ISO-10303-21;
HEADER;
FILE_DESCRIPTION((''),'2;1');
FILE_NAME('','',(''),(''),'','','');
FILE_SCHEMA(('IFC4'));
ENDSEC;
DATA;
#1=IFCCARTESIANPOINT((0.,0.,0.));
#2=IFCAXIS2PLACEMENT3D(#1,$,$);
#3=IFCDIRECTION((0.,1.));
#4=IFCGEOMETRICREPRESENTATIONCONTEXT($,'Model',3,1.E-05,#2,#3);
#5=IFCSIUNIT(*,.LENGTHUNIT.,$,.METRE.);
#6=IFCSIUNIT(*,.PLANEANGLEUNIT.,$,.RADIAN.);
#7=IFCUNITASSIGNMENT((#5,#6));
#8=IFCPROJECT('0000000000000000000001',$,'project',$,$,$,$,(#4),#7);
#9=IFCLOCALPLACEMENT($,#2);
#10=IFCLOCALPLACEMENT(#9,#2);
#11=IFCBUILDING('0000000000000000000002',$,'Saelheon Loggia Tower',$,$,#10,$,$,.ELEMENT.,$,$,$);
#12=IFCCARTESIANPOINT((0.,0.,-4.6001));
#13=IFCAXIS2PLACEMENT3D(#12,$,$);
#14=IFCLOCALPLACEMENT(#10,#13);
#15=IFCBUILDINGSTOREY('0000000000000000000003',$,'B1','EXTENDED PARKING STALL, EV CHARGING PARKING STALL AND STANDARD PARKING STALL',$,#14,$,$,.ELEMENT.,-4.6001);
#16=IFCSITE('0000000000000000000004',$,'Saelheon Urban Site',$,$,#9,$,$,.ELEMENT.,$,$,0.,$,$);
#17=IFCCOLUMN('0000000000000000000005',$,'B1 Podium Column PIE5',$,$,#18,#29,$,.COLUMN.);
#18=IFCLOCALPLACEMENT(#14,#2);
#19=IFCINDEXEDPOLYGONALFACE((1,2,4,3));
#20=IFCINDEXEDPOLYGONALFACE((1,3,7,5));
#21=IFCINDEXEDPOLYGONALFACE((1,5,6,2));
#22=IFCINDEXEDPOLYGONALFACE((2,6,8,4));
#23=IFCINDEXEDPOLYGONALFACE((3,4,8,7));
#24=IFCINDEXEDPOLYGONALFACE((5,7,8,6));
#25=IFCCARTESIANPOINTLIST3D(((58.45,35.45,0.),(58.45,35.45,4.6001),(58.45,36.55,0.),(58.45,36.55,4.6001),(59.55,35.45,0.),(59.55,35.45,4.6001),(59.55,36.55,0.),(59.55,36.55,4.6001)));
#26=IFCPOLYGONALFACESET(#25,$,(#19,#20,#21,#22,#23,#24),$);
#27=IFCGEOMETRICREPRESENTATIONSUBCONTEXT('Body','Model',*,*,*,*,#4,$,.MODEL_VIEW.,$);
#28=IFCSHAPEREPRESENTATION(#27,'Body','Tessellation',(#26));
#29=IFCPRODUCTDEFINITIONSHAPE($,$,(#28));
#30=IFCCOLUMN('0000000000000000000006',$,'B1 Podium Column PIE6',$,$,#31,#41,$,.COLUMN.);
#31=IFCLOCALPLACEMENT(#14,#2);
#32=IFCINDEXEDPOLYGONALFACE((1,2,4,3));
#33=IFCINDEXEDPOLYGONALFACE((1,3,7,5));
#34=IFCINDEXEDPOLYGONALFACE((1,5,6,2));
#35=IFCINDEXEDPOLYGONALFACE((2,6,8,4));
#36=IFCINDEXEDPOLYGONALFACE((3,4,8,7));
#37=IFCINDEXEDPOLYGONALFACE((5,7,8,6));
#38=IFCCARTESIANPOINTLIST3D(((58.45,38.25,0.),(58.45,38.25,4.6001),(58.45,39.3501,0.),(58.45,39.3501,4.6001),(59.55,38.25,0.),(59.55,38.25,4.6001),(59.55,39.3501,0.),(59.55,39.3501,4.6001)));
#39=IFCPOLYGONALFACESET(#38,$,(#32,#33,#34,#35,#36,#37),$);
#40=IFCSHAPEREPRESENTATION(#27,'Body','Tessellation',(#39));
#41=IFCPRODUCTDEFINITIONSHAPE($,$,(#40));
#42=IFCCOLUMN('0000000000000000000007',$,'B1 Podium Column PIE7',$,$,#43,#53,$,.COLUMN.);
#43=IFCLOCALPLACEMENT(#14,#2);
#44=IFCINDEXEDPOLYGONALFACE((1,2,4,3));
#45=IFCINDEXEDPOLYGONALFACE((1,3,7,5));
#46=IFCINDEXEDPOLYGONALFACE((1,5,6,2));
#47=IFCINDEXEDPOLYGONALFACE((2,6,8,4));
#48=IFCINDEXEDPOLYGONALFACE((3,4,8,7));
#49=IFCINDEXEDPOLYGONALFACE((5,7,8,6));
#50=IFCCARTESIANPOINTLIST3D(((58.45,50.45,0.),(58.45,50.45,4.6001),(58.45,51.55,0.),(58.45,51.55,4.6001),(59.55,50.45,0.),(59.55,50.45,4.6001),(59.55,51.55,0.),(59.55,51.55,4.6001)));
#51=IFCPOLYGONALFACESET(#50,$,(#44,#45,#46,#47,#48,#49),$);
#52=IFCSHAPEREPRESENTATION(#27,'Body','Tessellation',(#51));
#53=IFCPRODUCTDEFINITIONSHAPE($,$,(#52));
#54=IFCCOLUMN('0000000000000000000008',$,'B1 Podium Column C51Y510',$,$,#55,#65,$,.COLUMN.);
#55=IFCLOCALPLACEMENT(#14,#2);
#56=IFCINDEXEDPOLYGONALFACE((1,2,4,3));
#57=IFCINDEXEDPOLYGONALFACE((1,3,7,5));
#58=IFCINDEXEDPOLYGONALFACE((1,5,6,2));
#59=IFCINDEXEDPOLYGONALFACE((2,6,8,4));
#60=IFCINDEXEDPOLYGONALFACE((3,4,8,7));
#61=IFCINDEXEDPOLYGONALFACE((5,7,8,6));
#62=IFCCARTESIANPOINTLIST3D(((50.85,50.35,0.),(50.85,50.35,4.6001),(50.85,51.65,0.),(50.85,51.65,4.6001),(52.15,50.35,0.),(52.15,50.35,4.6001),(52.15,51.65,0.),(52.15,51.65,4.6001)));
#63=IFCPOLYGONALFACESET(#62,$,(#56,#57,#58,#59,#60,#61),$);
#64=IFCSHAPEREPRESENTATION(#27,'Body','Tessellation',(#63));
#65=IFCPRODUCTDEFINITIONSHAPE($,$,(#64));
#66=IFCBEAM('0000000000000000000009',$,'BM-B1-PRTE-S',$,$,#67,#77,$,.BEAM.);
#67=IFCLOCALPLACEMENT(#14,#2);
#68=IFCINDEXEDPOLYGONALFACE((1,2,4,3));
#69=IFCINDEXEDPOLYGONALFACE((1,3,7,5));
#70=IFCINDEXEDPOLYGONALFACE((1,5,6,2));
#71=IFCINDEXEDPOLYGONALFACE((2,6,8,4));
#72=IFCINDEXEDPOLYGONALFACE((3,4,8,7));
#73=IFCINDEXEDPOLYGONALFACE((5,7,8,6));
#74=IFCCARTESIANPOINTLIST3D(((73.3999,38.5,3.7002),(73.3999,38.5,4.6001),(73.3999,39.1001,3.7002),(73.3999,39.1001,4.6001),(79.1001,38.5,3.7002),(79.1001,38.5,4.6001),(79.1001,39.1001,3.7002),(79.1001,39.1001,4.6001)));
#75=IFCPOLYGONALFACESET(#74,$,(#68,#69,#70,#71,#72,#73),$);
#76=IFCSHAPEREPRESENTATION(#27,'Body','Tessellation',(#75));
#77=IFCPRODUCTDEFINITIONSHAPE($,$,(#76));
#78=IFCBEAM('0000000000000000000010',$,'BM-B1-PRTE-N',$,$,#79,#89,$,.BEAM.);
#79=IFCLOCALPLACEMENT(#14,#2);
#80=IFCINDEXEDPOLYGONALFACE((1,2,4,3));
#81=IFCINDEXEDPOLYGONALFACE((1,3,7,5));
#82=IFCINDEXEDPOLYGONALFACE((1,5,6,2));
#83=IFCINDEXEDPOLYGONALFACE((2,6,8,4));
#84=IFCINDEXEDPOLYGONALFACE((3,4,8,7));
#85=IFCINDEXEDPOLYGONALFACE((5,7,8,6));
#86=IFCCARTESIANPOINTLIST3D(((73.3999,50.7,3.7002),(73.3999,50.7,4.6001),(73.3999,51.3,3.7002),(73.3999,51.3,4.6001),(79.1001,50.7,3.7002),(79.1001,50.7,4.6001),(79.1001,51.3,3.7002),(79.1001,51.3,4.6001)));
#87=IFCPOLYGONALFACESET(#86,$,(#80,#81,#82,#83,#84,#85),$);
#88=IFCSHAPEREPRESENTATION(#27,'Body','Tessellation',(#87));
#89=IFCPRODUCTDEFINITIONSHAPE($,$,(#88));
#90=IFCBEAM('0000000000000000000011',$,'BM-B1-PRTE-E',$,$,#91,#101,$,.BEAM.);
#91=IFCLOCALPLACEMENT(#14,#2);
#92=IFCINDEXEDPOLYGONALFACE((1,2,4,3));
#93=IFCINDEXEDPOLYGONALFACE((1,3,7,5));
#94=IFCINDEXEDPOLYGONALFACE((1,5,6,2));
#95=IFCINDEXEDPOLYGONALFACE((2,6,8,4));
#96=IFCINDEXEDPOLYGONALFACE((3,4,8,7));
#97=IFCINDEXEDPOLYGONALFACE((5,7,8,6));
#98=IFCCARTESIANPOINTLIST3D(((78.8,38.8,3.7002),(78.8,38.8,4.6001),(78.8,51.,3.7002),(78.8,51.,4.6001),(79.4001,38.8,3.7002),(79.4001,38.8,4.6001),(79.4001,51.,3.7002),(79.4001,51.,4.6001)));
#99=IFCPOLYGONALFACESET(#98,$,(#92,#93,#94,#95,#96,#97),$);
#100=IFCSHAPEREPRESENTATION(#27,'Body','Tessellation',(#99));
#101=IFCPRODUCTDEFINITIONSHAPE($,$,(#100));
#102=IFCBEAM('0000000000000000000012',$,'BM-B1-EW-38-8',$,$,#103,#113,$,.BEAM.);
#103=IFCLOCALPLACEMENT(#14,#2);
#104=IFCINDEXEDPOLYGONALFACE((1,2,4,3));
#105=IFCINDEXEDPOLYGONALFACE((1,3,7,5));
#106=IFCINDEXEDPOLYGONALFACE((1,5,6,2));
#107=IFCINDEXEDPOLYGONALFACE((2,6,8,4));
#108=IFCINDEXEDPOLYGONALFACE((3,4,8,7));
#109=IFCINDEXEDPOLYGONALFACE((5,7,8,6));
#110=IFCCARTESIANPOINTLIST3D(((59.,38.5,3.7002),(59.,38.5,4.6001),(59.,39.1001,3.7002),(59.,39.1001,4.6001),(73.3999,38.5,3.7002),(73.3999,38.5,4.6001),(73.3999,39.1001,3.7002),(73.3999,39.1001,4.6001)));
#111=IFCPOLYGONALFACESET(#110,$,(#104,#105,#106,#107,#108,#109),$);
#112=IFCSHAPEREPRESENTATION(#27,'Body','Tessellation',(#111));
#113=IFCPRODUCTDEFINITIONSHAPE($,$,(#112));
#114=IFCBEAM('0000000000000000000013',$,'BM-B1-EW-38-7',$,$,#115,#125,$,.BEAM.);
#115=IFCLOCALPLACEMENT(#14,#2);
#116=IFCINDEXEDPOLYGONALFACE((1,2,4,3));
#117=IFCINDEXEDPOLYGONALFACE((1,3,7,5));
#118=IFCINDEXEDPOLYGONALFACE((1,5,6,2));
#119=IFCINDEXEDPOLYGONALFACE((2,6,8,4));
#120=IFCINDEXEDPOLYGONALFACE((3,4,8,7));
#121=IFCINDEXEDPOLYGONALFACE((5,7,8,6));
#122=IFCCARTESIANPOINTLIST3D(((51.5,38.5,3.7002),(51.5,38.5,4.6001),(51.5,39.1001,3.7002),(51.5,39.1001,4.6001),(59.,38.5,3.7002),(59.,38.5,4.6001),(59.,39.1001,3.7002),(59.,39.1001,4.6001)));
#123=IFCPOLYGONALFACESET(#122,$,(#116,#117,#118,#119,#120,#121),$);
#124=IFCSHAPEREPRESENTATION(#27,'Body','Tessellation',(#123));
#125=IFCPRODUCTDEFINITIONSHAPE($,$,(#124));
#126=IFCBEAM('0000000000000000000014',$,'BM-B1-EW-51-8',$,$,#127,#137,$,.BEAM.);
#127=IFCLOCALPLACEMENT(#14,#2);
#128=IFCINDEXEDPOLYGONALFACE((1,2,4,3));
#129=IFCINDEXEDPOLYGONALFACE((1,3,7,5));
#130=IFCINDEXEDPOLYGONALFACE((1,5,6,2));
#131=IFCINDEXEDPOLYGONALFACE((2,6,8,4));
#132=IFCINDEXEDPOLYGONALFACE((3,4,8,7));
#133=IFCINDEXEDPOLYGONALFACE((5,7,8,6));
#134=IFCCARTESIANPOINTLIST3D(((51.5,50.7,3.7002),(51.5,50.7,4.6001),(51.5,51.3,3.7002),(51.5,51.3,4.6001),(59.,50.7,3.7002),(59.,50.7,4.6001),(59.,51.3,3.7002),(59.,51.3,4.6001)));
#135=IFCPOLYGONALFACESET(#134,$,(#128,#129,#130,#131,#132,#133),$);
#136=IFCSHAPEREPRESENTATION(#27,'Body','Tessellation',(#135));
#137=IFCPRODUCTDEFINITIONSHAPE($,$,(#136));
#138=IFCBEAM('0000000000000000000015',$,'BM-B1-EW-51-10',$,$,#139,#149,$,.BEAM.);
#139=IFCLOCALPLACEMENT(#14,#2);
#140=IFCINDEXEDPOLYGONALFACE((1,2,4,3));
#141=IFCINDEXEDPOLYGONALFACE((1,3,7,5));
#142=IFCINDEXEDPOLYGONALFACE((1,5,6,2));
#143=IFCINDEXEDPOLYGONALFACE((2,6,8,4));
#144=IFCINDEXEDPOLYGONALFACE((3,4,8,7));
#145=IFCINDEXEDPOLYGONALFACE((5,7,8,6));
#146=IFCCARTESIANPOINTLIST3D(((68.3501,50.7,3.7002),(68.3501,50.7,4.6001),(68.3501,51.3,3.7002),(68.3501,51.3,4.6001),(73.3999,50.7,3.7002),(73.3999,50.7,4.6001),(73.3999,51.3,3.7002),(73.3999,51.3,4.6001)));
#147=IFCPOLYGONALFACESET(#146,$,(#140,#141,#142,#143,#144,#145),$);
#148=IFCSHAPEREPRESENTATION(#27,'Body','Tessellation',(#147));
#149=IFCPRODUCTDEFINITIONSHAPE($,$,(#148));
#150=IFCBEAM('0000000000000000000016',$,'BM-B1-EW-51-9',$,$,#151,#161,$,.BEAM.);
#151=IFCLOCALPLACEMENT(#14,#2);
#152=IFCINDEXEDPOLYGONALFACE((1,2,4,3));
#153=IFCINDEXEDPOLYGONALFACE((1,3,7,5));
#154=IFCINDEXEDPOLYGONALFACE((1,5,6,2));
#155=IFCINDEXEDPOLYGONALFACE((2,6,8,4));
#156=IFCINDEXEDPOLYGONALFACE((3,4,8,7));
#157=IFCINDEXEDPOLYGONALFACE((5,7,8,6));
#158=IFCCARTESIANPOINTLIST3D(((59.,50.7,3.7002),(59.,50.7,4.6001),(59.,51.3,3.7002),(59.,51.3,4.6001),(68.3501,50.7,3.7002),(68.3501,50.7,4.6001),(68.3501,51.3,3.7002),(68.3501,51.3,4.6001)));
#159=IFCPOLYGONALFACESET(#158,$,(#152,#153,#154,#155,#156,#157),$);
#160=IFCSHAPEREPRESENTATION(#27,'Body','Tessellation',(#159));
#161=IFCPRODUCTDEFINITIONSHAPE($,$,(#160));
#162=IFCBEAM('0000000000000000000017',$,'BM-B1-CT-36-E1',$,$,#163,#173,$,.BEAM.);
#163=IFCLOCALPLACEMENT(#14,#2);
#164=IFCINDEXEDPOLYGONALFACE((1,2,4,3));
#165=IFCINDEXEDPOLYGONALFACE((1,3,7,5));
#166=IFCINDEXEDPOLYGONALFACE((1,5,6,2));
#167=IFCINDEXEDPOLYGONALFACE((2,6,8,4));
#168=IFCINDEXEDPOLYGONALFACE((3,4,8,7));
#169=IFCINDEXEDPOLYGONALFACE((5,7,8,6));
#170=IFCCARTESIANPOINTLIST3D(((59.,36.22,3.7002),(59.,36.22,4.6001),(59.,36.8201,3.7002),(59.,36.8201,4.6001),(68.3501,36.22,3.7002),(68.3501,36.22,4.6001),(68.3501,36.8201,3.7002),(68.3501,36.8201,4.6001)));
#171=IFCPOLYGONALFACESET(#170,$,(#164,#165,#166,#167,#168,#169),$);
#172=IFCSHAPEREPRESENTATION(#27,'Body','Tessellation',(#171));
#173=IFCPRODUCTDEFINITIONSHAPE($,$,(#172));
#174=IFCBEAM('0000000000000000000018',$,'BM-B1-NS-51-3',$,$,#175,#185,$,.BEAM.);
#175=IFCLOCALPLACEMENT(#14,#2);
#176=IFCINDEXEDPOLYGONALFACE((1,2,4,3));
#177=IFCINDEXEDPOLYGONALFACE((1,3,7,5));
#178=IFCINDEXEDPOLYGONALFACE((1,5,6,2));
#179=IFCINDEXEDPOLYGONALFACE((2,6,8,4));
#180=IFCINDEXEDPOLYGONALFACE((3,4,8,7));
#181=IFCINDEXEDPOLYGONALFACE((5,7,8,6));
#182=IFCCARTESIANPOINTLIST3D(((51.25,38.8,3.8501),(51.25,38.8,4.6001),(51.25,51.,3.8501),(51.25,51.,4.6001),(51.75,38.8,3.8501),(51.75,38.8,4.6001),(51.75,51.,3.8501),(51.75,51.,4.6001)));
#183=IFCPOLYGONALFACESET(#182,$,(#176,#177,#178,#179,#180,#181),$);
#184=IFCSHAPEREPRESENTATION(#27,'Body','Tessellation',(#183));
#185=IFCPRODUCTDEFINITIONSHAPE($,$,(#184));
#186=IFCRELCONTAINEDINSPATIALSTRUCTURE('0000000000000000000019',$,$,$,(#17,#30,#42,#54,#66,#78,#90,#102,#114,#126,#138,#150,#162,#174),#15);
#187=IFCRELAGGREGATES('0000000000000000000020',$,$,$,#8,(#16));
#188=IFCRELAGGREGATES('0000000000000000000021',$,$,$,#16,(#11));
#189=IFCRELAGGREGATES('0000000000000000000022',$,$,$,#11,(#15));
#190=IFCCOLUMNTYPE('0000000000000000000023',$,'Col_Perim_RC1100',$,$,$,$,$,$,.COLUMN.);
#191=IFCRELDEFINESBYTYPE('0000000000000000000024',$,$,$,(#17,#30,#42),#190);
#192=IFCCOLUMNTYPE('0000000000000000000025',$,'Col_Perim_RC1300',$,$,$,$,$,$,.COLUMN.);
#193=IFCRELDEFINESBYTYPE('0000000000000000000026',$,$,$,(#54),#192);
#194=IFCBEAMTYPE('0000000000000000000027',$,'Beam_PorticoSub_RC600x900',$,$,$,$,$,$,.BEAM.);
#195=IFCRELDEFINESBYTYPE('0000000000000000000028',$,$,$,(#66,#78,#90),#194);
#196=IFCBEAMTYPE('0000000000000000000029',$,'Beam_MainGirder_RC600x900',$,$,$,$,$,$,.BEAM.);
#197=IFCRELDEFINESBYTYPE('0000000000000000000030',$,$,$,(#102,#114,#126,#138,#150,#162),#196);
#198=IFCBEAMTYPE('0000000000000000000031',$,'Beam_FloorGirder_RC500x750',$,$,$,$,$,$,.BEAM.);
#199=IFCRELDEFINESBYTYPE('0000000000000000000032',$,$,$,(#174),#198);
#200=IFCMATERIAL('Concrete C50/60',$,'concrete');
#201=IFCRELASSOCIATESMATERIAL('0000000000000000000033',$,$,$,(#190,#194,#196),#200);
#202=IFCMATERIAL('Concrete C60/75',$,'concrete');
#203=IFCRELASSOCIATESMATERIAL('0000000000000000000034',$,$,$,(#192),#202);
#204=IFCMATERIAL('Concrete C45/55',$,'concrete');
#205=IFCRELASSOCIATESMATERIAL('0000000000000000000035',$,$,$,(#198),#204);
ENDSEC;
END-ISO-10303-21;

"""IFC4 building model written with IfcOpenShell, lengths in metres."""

from ifc_helpers import new_model, si_unit, direction, frame, origin, origin_2d, place, context, subcontext, project, spatial, rectangle, extrude, source, transform, mapped, material, material_profile, profile_set, type_object, element, save


model = new_model("IFC4")

# Units and contexts
model_context = context("Model", 3, precision=1e-05, world=origin(), true_north=direction((0.0, 1.0)))
body_context = subcontext(model_context, "Body", "Model", "MODEL_VIEW")
ifc_project = project(units=[si_unit("LENGTHUNIT", "METRE"), si_unit("PLANEANGLEUNIT", "RADIAN")], contexts=[model_context])

# Site, building, storey
site_placement = place(None, origin())
site = spatial("IfcSite", under=ifc_project, at=site_placement, Name="Saelheon Urban Site", CompositionType="ELEMENT", RefElevation=0.0)
building_placement = place(site_placement, origin())
building = spatial("IfcBuilding", under=site, at=building_placement, Name="Saelheon Loggia Tower", CompositionType="ELEMENT")
storey_placement = place(building_placement, frame((0.0, 0.0, -4.6001)))
storey = spatial("IfcBuildingStorey", under=building, at=storey_placement, Name="B1", Description="EXTENDED PARKING STALL, EV CHARGING PARKING STALL AND STANDARD PARKING STALL", CompositionType="ELEMENT", Elevation=-4.6001)

# Columns
ifc_material_1 = material(Name="Concrete C50/60", Category="concrete")
ifc_material_2 = material(Name="Concrete C45/55", Category="concrete")
ifc_material_profile_1 = material_profile(ifc_material_1, rectangle(XDim=1.1001, YDim=1.1001, at=origin_2d()), Name="RC-1100x1100")
ifc_profile_set_1 = profile_set([ifc_material_profile_1], Name="Concrete C50/60")
column_type_1 = type_object("IfcColumnType", Name="Col_Perim_RC1100", PredefinedType="COLUMN", material=ifc_profile_set_1)
shared_shape_1 = source(origin(), body_context, "Body", "SweptSolid", [
    extrude(rectangle(XDim=1.1001, YDim=1.1001, at=origin_2d()), origin(), (0.0, 0.0, 1.0), 4.6001),
])
for number, where, z_axis, x_axis, name in (
    (1, (59.0, 36.0, 0.0), (0.0, 0.0, 1.0), (1.0, 0.0, 0.0), "B1 Podium Column PIE5"),
    (2, (59.0, 38.8, 0.0), (0.0, 0.0, 1.0), (1.0, 0.0, 0.0), "B1 Podium Column PIE6"),
    (3, (59.0, 51.0, 0.0), (0.0, 0.0, 1.0), (1.0, 0.0, 0.0), "B1 Podium Column PIE7"),
):
    element("IfcColumn", number, at=place(storey_placement, frame(where, z_axis=z_axis, x_axis=x_axis)), inside=storey, type_object=column_type_1, Name=name, PredefinedType="COLUMN", context=body_context, shape_type="MappedRepresentation", body=[
        mapped(shared_shape_1, transform((0.0, 0.0, 0.0), scale=1.0)),
    ])
ifc_material_3 = material(Name="Concrete C60/75", Category="concrete")
ifc_material_profile_2 = material_profile(ifc_material_3, rectangle(XDim=1.3, YDim=1.3, at=origin_2d()), Name="RC-1300x1300")
ifc_profile_set_2 = profile_set([ifc_material_profile_2], Name="Concrete C60/75")
column_type_2 = type_object("IfcColumnType", Name="Col_Perim_RC1300", PredefinedType="COLUMN", material=ifc_profile_set_2)
shared_shape_2 = source(origin(), body_context, "Body", "SweptSolid", [
    extrude(rectangle(XDim=1.3, YDim=1.3, at=origin_2d()), origin(), (0.0, 0.0, 1.0), 4.6001),
])
column_placement = place(storey_placement, frame((51.5, 51.0, 0.0), z_axis=(0.0, 0.0, 1.0), x_axis=(1.0, 0.0, 0.0)))
element("IfcColumn", 4, at=column_placement, inside=storey, type_object=column_type_2, Name="B1 Podium Column C51Y510", PredefinedType="COLUMN", context=body_context, shape_type="MappedRepresentation", body=[
    mapped(shared_shape_2, transform((0.0, 0.0, 0.0), scale=1.0)),
])

# Beams
ifc_material_profile_3 = material_profile(ifc_material_1, rectangle(XDim=0.6001, YDim=0.8999, at=origin_2d()), Name="RC-600x900")
ifc_profile_set_3 = profile_set([ifc_material_profile_3], Name="Concrete C50/60")
beam_type_1 = type_object("IfcBeamType", Name="Beam_PorticoSub_RC600x900", PredefinedType="BEAM", material=ifc_profile_set_3)
shared_shape_3 = source(origin(), body_context, "Body", "SweptSolid", [
    extrude(rectangle(XDim=0.6001, YDim=0.8999, at=origin_2d()), origin(), (0.0, 0.0, 1.0), 5.7002),
])
for number, where, z_axis, x_axis, name in (
    (5, (73.3999, 38.8, 4.1501), (1.0, 0.0, 0.0), (0.0, 1.0, 0.0), "BM-B1-PRTE-S"),
    (6, (73.3999, 51.0, 4.1501), (1.0, 0.0, 0.0), (0.0, 1.0, 0.0), "BM-B1-PRTE-N"),
):
    element("IfcBeam", number, at=place(storey_placement, frame(where, z_axis=z_axis, x_axis=x_axis)), inside=storey, type_object=beam_type_1, Name=name, PredefinedType="BEAM", context=body_context, shape_type="MappedRepresentation", body=[
        mapped(shared_shape_3, transform((0.0, 0.0, 0.0), scale=1.0)),
    ])
shared_shape_4 = source(origin(), body_context, "Body", "SweptSolid", [
    extrude(rectangle(XDim=0.6001, YDim=0.8999, at=origin_2d()), origin(), (0.0, 0.0, 1.0), 12.2),
])
beam_1_placement = place(storey_placement, frame((79.1001, 38.8, 4.1501), z_axis=(0.0, 1.0, 0.0), x_axis=(-1.0, 0.0, 0.0)))
element("IfcBeam", 7, at=beam_1_placement, inside=storey, type_object=beam_type_1, Name="BM-B1-PRTE-E", PredefinedType="BEAM", context=body_context, shape_type="MappedRepresentation", body=[
    mapped(shared_shape_4, transform((0.0, 0.0, 0.0), scale=1.0)),
])
ifc_material_profile_4 = material_profile(ifc_material_1, rectangle(XDim=0.6001, YDim=0.8999, at=origin_2d()), Name="RC-600x900")
ifc_profile_set_4 = profile_set([ifc_material_profile_4], Name="Concrete C50/60")
beam_type_2 = type_object("IfcBeamType", Name="Beam_MainGirder_RC600x900", PredefinedType="BEAM", material=ifc_profile_set_4)
shared_shape_5 = source(origin(), body_context, "Body", "SweptSolid", [
    extrude(rectangle(XDim=0.6001, YDim=0.8999, at=origin_2d()), origin(), (0.0, 0.0, 1.0), 14.3999),
])
beam_2_placement = place(storey_placement, frame((59.0, 38.8, 4.1501), z_axis=(1.0, 0.0, 0.0), x_axis=(0.0, 1.0, 0.0)))
element("IfcBeam", 8, at=beam_2_placement, inside=storey, type_object=beam_type_2, Name="BM-B1-EW-38-8", PredefinedType="BEAM", context=body_context, shape_type="MappedRepresentation", body=[
    mapped(shared_shape_5, transform((0.0, 0.0, 0.0), scale=1.0)),
])
shared_shape_6 = source(origin(), body_context, "Body", "SweptSolid", [
    extrude(rectangle(XDim=0.6001, YDim=0.8999, at=origin_2d()), origin(), (0.0, 0.0, 1.0), 7.5),
])
for number, where, z_axis, x_axis, name in (
    (9, (51.5, 38.8, 4.1501), (1.0, 0.0, 0.0), (0.0, 1.0, 0.0), "BM-B1-EW-38-7"),
    (10, (51.5, 51.0, 4.1501), (1.0, 0.0, 0.0), (0.0, 1.0, 0.0), "BM-B1-EW-51-8"),
):
    element("IfcBeam", number, at=place(storey_placement, frame(where, z_axis=z_axis, x_axis=x_axis)), inside=storey, type_object=beam_type_2, Name=name, PredefinedType="BEAM", context=body_context, shape_type="MappedRepresentation", body=[
        mapped(shared_shape_6, transform((0.0, 0.0, 0.0), scale=1.0)),
    ])
shared_shape_7 = source(origin(), body_context, "Body", "SweptSolid", [
    extrude(rectangle(XDim=0.6001, YDim=0.8999, at=origin_2d()), origin(), (0.0, 0.0, 1.0), 5.0498),
])
beam_3_placement = place(storey_placement, frame((68.3501, 51.0, 4.1501), z_axis=(1.0, 0.0, 0.0), x_axis=(0.0, 1.0, 0.0)))
element("IfcBeam", 11, at=beam_3_placement, inside=storey, type_object=beam_type_2, Name="BM-B1-EW-51-10", PredefinedType="BEAM", context=body_context, shape_type="MappedRepresentation", body=[
    mapped(shared_shape_7, transform((0.0, 0.0, 0.0), scale=1.0)),
])
shared_shape_8 = source(origin(), body_context, "Body", "SweptSolid", [
    extrude(rectangle(XDim=0.6001, YDim=0.8999, at=origin_2d()), origin(), (0.0, 0.0, 1.0), 9.3501),
])
for number, where, z_axis, x_axis, name in (
    (12, (59.0, 51.0, 4.1501), (1.0, 0.0, 0.0), (0.0, 1.0, 0.0), "BM-B1-EW-51-9"),
    (13, (59.0, 36.52, 4.1501), (1.0, 0.0, 0.0), (0.0, 1.0, 0.0), "BM-B1-CT-36-E1"),
):
    element("IfcBeam", number, at=place(storey_placement, frame(where, z_axis=z_axis, x_axis=x_axis)), inside=storey, type_object=beam_type_2, Name=name, PredefinedType="BEAM", context=body_context, shape_type="MappedRepresentation", body=[
        mapped(shared_shape_8, transform((0.0, 0.0, 0.0), scale=1.0)),
    ])
ifc_material_profile_5 = material_profile(ifc_material_2, rectangle(XDim=0.5, YDim=0.75, at=origin_2d()), Name="RC-500x750")
ifc_profile_set_5 = profile_set([ifc_material_profile_5], Name="Concrete C45/55")
beam_type_3 = type_object("IfcBeamType", Name="Beam_FloorGirder_RC500x750", PredefinedType="BEAM", material=ifc_profile_set_5)
shared_shape_9 = source(origin(), body_context, "Body", "SweptSolid", [
    extrude(rectangle(XDim=0.5, YDim=0.75, at=origin_2d()), origin(), (0.0, 0.0, 1.0), 12.2),
])
for number, where, z_axis, x_axis, name in (
    (14, (51.5, 38.8, 4.2251), (0.0, 1.0, 0.0), (-1.0, 0.0, 0.0), "BM-B1-NS-51-3"),
):
    element("IfcBeam", number, at=place(storey_placement, frame(where, z_axis=z_axis, x_axis=x_axis)), inside=storey, type_object=beam_type_3, Name=name, PredefinedType="BEAM", context=body_context, shape_type="MappedRepresentation", body=[
        mapped(shared_shape_9, transform((0.0, 0.0, 0.0), scale=1.0)),
    ])

save(model, "model.ifc")
